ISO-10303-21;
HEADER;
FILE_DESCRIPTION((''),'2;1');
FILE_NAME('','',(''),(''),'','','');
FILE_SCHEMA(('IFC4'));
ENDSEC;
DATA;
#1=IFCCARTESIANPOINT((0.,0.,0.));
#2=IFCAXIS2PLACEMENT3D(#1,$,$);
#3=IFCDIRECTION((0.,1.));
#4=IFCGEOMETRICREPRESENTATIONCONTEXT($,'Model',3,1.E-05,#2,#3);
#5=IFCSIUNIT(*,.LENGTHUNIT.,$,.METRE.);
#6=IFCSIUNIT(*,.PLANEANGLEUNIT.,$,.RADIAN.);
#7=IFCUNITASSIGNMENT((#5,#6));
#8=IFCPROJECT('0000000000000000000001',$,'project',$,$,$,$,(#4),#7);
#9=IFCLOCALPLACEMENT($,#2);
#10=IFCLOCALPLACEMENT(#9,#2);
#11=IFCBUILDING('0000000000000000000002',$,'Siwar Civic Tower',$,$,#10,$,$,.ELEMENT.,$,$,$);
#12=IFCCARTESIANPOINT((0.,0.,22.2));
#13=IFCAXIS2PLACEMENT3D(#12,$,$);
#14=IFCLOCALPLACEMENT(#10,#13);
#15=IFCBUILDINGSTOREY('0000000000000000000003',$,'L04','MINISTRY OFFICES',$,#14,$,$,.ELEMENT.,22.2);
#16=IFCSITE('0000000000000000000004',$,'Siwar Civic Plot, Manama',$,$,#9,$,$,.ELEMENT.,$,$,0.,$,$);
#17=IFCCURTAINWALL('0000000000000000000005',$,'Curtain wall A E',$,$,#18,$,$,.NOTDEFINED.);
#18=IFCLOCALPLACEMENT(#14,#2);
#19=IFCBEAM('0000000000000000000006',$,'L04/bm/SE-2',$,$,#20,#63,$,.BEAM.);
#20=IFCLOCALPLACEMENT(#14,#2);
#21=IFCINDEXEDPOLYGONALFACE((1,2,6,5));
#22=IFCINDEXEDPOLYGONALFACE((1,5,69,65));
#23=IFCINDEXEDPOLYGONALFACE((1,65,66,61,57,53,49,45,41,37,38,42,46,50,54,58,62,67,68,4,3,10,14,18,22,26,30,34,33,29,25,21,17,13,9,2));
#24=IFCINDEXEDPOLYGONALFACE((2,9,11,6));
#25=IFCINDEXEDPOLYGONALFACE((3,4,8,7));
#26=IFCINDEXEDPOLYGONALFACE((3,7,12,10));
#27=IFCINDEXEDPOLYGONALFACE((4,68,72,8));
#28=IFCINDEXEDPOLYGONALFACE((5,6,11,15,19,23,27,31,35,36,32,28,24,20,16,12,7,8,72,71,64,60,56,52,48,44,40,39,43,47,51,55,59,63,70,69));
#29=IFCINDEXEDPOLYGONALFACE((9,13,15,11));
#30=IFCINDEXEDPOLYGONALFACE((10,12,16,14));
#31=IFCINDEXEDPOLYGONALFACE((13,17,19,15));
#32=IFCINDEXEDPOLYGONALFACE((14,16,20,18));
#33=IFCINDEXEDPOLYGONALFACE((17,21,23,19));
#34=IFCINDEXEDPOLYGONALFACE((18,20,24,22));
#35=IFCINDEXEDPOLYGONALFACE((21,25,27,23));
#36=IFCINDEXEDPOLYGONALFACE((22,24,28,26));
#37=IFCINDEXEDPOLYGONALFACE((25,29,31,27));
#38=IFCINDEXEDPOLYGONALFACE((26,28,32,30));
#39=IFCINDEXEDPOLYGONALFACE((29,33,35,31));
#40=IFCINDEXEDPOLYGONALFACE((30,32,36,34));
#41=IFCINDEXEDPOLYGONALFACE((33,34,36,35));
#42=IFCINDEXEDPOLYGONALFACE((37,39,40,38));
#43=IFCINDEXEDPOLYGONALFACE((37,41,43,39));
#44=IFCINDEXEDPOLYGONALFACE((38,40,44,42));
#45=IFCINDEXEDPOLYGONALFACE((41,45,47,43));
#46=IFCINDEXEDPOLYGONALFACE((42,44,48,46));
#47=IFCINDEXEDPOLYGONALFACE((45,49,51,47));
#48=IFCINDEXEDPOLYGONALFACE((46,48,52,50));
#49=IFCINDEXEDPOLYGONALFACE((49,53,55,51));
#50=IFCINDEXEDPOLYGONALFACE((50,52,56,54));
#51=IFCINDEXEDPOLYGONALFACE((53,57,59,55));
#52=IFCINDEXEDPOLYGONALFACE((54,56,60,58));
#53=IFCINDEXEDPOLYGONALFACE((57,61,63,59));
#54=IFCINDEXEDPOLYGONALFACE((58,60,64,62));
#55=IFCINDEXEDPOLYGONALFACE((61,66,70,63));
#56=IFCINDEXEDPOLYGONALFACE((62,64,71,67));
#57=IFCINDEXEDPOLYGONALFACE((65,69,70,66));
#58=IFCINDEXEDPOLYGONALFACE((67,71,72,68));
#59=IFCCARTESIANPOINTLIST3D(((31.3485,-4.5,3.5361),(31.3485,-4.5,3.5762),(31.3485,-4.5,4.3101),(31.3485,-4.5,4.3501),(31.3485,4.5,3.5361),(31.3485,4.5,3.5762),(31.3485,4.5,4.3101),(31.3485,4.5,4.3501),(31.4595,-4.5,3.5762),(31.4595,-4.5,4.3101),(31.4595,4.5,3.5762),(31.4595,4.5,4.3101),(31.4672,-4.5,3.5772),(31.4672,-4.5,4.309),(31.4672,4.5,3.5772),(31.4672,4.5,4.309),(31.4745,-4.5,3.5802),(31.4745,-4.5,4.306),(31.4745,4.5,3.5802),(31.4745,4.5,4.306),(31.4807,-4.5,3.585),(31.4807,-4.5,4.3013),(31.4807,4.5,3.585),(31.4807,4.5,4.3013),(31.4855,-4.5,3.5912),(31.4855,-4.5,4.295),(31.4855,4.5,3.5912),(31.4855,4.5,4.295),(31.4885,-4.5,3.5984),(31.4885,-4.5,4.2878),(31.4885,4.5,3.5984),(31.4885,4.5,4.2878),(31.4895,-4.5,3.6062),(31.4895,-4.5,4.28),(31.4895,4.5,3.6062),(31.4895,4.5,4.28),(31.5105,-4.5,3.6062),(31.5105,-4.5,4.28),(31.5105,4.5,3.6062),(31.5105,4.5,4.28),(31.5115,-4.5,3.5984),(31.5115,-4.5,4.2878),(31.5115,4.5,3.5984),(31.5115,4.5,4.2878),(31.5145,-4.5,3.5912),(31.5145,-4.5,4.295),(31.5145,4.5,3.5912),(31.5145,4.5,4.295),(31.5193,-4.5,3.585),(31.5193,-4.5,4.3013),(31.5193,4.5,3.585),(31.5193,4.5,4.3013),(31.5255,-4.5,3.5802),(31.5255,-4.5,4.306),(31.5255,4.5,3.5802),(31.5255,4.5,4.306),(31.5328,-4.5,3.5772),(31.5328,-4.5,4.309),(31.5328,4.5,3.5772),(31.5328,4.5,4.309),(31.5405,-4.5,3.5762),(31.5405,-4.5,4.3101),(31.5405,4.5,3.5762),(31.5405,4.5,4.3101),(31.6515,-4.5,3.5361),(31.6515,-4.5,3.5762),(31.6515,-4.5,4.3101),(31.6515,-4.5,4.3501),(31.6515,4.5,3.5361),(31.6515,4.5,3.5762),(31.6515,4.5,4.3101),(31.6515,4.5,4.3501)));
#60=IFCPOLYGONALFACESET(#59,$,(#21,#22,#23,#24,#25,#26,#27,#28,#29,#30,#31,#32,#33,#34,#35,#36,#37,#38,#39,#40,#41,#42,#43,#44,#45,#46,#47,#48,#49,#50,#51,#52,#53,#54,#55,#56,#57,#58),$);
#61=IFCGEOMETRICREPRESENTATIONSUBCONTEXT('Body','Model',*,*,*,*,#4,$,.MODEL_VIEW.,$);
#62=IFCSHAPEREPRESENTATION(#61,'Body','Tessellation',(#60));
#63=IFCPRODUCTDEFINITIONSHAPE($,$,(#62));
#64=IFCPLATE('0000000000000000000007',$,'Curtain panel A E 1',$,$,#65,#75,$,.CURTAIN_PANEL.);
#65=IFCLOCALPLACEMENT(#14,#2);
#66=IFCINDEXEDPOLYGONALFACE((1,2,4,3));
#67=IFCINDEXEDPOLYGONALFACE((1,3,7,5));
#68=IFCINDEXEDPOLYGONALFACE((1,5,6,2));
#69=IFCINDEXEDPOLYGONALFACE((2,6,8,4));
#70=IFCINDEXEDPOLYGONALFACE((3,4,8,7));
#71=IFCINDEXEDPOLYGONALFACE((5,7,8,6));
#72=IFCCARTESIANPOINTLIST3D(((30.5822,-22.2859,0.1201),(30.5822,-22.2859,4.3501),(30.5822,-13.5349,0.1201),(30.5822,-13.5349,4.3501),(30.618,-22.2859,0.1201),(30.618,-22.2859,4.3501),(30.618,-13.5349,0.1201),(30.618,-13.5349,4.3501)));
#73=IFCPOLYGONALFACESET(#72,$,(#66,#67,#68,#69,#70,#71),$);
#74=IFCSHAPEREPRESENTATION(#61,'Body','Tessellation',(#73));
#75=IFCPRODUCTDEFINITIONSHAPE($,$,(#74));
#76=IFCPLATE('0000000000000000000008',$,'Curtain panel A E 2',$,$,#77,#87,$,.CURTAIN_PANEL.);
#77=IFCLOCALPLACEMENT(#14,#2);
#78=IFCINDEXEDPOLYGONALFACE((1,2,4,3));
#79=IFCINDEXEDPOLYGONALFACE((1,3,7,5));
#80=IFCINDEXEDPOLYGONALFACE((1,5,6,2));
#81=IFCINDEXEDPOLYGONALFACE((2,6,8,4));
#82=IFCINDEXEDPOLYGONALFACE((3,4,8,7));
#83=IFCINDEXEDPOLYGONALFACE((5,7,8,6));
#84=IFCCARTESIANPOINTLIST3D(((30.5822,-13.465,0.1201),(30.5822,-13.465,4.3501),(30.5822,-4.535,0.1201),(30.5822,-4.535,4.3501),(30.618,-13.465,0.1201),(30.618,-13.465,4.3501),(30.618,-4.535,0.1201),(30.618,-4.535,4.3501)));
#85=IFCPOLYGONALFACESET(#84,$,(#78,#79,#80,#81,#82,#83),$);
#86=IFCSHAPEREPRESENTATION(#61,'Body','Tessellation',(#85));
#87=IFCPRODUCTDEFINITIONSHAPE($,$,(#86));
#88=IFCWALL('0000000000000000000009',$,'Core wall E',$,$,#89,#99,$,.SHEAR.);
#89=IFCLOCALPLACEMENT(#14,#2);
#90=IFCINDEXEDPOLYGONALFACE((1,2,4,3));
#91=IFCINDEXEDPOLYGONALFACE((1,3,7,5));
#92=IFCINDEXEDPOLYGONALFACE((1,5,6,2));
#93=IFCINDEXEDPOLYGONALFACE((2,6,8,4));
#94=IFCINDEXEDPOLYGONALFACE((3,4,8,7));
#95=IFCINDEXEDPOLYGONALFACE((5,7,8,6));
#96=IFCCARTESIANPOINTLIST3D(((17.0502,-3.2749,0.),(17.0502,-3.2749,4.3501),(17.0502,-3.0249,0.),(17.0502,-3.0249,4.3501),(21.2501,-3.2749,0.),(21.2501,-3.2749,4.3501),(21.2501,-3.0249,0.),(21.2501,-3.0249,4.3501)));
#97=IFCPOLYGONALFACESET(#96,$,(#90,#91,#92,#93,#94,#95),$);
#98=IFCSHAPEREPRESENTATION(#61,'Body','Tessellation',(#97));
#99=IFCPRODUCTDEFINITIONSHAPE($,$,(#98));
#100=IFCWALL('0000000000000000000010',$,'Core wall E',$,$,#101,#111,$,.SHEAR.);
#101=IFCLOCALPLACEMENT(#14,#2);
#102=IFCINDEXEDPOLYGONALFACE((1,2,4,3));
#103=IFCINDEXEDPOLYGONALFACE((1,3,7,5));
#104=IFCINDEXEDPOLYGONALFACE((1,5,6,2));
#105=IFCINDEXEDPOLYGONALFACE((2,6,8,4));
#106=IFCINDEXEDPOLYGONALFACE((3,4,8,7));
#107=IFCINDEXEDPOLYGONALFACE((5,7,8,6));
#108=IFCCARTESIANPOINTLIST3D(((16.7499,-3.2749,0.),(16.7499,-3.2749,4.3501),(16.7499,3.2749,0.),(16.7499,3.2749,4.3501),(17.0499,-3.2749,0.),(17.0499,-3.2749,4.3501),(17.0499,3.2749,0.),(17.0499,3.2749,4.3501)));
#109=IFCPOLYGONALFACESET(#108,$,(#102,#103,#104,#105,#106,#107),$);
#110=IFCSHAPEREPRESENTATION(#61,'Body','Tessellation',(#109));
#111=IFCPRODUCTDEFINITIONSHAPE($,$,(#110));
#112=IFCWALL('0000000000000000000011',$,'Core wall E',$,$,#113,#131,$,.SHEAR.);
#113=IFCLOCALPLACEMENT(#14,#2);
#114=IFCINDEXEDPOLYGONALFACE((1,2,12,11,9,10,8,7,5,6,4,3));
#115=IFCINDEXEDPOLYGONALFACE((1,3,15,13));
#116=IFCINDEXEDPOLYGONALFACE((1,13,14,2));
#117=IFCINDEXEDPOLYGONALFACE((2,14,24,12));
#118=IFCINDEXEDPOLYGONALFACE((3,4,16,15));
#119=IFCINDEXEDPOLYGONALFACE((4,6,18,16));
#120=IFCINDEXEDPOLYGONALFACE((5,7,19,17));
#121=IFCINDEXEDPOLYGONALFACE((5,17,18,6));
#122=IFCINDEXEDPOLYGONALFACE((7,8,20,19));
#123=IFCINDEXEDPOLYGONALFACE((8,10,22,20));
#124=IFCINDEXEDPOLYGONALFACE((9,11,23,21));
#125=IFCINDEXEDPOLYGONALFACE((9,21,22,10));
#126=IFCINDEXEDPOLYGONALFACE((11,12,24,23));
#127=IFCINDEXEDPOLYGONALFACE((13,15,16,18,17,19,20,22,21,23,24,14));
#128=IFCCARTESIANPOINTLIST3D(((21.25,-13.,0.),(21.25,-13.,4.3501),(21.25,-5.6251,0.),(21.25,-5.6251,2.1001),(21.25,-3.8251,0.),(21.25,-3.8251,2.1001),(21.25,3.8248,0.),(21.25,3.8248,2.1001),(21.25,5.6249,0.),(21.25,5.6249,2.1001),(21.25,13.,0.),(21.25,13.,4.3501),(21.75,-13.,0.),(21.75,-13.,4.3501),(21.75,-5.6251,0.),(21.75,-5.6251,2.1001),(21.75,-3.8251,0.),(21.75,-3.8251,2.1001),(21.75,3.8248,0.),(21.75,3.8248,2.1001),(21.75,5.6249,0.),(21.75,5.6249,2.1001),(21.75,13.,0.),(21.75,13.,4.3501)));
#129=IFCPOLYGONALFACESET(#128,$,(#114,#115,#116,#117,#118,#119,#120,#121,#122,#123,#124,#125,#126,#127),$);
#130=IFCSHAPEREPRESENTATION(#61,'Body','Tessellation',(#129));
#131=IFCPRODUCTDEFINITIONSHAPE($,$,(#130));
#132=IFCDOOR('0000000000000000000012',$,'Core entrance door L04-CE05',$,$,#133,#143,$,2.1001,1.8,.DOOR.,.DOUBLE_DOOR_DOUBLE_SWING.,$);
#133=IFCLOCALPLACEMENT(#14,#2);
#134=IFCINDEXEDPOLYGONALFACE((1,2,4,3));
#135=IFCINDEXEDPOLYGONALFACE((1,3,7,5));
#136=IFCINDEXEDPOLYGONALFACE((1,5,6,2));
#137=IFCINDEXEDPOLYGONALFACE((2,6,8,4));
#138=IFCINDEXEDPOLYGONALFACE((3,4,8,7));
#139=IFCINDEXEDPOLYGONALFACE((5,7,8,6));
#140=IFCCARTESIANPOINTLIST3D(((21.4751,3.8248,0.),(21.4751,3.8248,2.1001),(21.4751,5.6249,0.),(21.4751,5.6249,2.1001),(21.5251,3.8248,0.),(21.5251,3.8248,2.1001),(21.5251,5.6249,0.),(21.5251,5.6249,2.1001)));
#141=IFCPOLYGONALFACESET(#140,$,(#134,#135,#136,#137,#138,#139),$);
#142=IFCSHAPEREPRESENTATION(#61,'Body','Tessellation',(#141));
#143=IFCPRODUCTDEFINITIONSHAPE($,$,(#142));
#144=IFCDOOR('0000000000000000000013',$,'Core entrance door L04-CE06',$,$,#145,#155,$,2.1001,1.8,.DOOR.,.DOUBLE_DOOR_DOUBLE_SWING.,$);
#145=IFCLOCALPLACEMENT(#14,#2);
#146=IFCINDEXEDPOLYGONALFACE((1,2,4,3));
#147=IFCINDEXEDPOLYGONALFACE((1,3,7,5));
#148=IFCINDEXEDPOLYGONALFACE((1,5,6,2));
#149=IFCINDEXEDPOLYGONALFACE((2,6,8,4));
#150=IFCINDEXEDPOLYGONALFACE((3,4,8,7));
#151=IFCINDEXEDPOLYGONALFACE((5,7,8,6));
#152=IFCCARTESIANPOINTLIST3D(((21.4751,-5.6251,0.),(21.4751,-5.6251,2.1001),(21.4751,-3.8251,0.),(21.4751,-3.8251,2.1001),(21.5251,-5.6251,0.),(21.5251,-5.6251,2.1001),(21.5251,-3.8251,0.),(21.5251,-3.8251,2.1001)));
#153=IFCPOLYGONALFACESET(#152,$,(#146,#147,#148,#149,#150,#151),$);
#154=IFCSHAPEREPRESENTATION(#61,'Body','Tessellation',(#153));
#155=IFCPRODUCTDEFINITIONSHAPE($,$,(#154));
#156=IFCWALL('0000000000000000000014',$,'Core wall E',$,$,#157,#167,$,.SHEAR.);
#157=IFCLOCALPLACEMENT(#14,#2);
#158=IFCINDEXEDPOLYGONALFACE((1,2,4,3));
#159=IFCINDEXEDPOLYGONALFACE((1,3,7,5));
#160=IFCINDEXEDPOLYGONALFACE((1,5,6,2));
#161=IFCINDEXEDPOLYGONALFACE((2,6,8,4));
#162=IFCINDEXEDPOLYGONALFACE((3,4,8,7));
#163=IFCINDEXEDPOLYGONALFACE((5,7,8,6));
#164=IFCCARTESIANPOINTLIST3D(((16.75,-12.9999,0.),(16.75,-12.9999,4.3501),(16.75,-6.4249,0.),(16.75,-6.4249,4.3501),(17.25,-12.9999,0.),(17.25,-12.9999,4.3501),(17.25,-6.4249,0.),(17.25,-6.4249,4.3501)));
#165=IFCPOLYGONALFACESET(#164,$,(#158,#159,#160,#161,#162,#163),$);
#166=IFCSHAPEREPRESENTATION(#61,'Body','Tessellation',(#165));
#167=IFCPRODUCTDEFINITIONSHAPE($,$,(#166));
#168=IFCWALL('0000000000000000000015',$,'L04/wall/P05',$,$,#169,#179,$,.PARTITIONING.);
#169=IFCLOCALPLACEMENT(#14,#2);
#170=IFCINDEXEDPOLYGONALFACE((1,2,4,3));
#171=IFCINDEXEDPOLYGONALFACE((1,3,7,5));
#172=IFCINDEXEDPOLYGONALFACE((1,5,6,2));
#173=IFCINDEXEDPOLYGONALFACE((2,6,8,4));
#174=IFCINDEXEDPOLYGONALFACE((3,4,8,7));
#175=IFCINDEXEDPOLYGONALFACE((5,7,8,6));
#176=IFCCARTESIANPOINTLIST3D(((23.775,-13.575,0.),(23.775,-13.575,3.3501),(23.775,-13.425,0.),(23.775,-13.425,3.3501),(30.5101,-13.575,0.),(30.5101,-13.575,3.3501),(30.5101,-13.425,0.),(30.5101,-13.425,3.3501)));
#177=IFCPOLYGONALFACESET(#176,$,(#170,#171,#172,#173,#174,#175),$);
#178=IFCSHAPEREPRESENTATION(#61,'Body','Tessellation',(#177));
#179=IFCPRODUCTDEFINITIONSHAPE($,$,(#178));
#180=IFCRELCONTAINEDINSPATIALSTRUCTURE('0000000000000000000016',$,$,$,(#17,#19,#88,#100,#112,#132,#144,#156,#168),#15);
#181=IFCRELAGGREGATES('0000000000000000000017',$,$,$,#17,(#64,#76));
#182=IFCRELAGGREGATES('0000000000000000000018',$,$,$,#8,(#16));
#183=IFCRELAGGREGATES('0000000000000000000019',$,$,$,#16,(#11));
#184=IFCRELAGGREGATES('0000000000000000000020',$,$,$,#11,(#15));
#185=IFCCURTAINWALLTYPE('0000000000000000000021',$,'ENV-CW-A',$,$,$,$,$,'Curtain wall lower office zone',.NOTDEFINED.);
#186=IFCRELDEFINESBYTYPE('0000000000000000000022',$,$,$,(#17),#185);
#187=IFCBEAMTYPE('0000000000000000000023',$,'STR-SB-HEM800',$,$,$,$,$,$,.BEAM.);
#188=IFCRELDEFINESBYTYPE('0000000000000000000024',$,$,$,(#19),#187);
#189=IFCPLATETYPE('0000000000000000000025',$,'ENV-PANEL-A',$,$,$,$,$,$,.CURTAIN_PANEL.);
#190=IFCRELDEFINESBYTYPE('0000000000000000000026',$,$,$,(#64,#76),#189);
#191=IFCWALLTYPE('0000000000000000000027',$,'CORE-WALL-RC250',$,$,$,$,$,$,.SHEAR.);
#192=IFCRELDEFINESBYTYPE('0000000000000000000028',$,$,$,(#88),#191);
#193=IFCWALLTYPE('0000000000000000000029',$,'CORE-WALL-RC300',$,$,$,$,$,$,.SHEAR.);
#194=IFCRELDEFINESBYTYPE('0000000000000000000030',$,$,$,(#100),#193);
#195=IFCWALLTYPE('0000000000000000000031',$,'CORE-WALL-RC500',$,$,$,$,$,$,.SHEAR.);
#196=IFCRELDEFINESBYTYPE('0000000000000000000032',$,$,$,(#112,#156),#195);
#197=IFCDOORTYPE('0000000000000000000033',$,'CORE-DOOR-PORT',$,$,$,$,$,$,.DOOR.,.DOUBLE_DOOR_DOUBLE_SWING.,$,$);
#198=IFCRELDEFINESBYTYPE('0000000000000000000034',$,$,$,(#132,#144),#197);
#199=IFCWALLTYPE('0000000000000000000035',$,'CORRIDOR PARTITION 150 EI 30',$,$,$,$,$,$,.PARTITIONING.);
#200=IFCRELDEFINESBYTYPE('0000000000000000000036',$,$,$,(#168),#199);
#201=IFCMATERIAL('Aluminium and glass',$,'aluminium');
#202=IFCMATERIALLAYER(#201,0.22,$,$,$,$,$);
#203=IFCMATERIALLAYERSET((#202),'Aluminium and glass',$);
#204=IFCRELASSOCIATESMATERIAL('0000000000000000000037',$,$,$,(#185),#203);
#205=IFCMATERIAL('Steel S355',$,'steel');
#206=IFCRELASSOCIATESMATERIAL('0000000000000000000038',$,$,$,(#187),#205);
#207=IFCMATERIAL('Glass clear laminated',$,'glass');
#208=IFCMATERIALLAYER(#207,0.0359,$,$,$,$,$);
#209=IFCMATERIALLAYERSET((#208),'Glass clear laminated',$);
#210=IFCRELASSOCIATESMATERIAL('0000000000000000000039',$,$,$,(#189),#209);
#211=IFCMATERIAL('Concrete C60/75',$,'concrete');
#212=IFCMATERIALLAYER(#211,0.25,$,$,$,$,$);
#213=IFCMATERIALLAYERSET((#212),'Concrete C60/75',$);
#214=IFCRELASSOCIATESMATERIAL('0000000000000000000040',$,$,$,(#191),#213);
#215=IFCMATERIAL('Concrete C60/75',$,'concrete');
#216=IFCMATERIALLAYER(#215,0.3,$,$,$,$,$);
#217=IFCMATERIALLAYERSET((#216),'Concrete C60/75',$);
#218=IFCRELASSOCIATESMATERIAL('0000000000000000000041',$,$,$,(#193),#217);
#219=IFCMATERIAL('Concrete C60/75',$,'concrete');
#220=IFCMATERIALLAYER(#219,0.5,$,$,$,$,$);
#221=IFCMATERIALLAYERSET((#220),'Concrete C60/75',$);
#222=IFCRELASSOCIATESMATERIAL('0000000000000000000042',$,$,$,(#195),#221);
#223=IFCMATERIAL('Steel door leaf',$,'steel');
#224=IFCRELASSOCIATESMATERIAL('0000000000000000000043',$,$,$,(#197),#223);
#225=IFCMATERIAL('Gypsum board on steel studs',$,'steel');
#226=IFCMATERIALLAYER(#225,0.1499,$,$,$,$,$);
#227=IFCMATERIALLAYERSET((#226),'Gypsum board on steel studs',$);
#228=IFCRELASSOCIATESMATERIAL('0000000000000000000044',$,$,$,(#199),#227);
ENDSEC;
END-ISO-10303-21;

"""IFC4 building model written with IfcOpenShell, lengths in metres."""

from ifc_helpers import new_model, si_unit, direction, frame, frame_2d, origin, origin_2d, place, context, subcontext, project, spatial, rectangle, i_section, extrude, material, layer, layer_set, material_profile, profile_set, type_object, element, fill, aggregate, save


model = new_model("IFC4")

# Units and contexts
model_context = context("Model", 3, precision=1e-05, world=origin(), true_north=direction((0.0, 1.0)))
body_context = subcontext(model_context, "Body", "Model", "MODEL_VIEW")
ifc_project = project(units=[si_unit("LENGTHUNIT", "METRE"), si_unit("PLANEANGLEUNIT", "RADIAN")], contexts=[model_context])

# Site, building, storey
site_placement = place(None, origin())
site = spatial("IfcSite", under=ifc_project, at=site_placement, Name="Siwar Civic Plot, Manama", CompositionType="ELEMENT", RefElevation=0.0)
building_placement = place(site_placement, origin())
building = spatial("IfcBuilding", under=site, at=building_placement, Name="Siwar Civic Tower", CompositionType="ELEMENT")
storey_placement = place(building_placement, frame((0.0, 0.0, 22.2)))
storey = spatial("IfcBuildingStorey", under=building, at=storey_placement, Name="L04", Description="MINISTRY OFFICES", CompositionType="ELEMENT", Elevation=22.2)

# Curtain wall
ifc_material_1 = material(Name="Aluminium and glass", Category="aluminium")
ifc_layer_1 = layer(ifc_material_1, 0.22)
ifc_layer_set_1 = layer_set([ifc_layer_1], Name="Aluminium and glass")
curtain_wall_type = type_object("IfcCurtainWallType", Name="ENV-CW-A", ElementType="Curtain wall lower office zone", PredefinedType="NOTDEFINED", material=ifc_layer_set_1)
curtain_wall_placement = place(storey_placement, origin())
curtain_wall = element("IfcCurtainWall", 1, at=curtain_wall_placement, inside=storey, type_object=curtain_wall_type, Name="Curtain wall A E", PredefinedType="NOTDEFINED")

# Beam
ifc_material_2 = material(Name="Steel S355", Category="steel")
ifc_material_profile_1 = material_profile(ifc_material_2, i_section(OverallWidth=0.303, OverallDepth=0.814, WebThickness=0.021, FlangeThickness=0.04, FilletRadius=0.03, at=origin_2d()), Name="HEM800")
ifc_profile_set_1 = profile_set([ifc_material_profile_1], Name="Steel S355")
beam_type_1 = type_object("IfcBeamType", Name="STR-SB-HEM800", PredefinedType="BEAM", material=ifc_profile_set_1)
for number, where, z_axis, x_axis, name in (
    (2, (31.5, -4.5, 3.9431), (0.0, 1.0, 0.0), (-1.0, 0.0, 0.0), "L04/bm/SE-2"),
):
    element("IfcBeam", number, at=place(storey_placement, frame(where, z_axis=z_axis, x_axis=x_axis)), inside=storey, type_object=beam_type_1, Name=name, PredefinedType="BEAM", context=body_context, shape_type="SweptSolid", body=[
        extrude(i_section(OverallWidth=0.303, OverallDepth=0.814, WebThickness=0.021, FlangeThickness=0.04, FilletRadius=0.03, at=origin_2d()), origin(), (0.0, 0.0, 1.0), 9.0),
    ])

# Plates
ifc_material_3 = material(Name="Glass clear laminated", Category="glass")
ifc_layer_2 = layer(ifc_material_3, 0.0359)
ifc_layer_set_2 = layer_set([ifc_layer_2], Name="Glass clear laminated")
plate_type = type_object("IfcPlateType", Name="ENV-PANEL-A", PredefinedType="CURTAIN_PANEL", material=ifc_layer_set_2)
plate_1_placement = place(storey_placement, frame((30.6001, -17.9104, 0.1201), z_axis=(0.0, 0.0, 1.0), x_axis=(0.0, 1.0, 0.0)))
plate_1 = element("IfcPlate", 3, at=plate_1_placement, type_object=plate_type, Name="Curtain panel A E 1", PredefinedType="CURTAIN_PANEL", context=body_context, shape_type="SweptSolid", body=[
    extrude(rectangle(XDim=8.751, YDim=0.0359, at=origin_2d()), origin(), (0.0, 0.0, 1.0), 4.23),
])
plate_2_placement = place(storey_placement, frame((30.6001, -9.0, 0.1201), z_axis=(0.0, 0.0, 1.0), x_axis=(0.0, 1.0, 0.0)))
plate_2 = element("IfcPlate", 4, at=plate_2_placement, type_object=plate_type, Name="Curtain panel A E 2", PredefinedType="CURTAIN_PANEL", context=body_context, shape_type="SweptSolid", body=[
    extrude(rectangle(XDim=8.9299, YDim=0.0359, at=origin_2d()), origin(), (0.0, 0.0, 1.0), 4.23),
])
aggregate(curtain_wall, [plate_1, plate_2])

# Walls
ifc_material_4 = material(Name="Concrete C60/75", Category="concrete")
ifc_layer_3 = layer(ifc_material_4, 0.25)
ifc_layer_set_3 = layer_set([ifc_layer_3], Name="Concrete C60/75")
wall_type_1 = type_object("IfcWallType", Name="CORE-WALL-RC250", PredefinedType="SHEAR", material=ifc_layer_set_3)
wall_1_placement = place(storey_placement, frame((17.05, -3.1499, 0.0), z_axis=(0.0, 0.0, 1.0), x_axis=(1.0, 0.0, 0.0)))
element("IfcWall", 5, at=wall_1_placement, inside=storey, type_object=wall_type_1, Name="Core wall E", PredefinedType="SHEAR", context=body_context, shape_type="SweptSolid", body=[
    extrude(rectangle(XDim=4.2, YDim=0.25, at=frame_2d((2.1001, 0.0))), origin(), (0.0, 0.0, 1.0), 4.3501),
])
ifc_material_5 = material(Name="Concrete C60/75", Category="concrete")
ifc_layer_4 = layer(ifc_material_5, 0.3)
ifc_layer_set_4 = layer_set([ifc_layer_4], Name="Concrete C60/75")
wall_type_2 = type_object("IfcWallType", Name="CORE-WALL-RC300", PredefinedType="SHEAR", material=ifc_layer_set_4)
wall_2_placement = place(storey_placement, frame((16.8999, -3.2749, 0.0), z_axis=(0.0, 0.0, 1.0), x_axis=(0.0, 1.0, 0.0)))
element("IfcWall", 6, at=wall_2_placement, inside=storey, type_object=wall_type_2, Name="Core wall E", PredefinedType="SHEAR", context=body_context, shape_type="SweptSolid", body=[
    extrude(rectangle(XDim=6.5498, YDim=0.3, at=frame_2d((3.2749, 0.0))), origin(), (0.0, 0.0, 1.0), 4.3501),
])

# Wall, openings, doors
ifc_material_6 = material(Name="Concrete C60/75", Category="concrete")
ifc_layer_5 = layer(ifc_material_6, 0.5)
ifc_layer_set_5 = layer_set([ifc_layer_5], Name="Concrete C60/75")
wall_type_3 = type_object("IfcWallType", Name="CORE-WALL-RC500", PredefinedType="SHEAR", material=ifc_layer_set_5)
wall_3_placement = place(storey_placement, frame((21.5, -13.0, 0.0), z_axis=(0.0, 0.0, 1.0), x_axis=(0.0, 1.0, 0.0)))
wall_3 = element("IfcWall", 7, at=wall_3_placement, inside=storey, type_object=wall_type_3, Name="Core wall E", PredefinedType="SHEAR", context=body_context, shape_type="SweptSolid", body=[
    extrude(rectangle(XDim=26.0, YDim=0.5, at=frame_2d((13.0, 0.0))), origin(), (0.0, 0.0, 1.0), 4.3501),
])
opening_1_placement = place(wall_3_placement, frame((16.825, 0.0, 0.0)))
opening_1 = element("IfcOpeningElement", 8, at=opening_1_placement, cuts=wall_3, PredefinedType="OPENING", context=body_context, shape_type="SweptSolid", body=[
    extrude(rectangle(XDim=1.8, YDim=2.1001, at=frame_2d((0.8999, 1.05))), frame((0.0, 0.26, 0.0), z_axis=(0.0, -1.0, 0.0), x_axis=(1.0, 0.0, 0.0)), (0.0, 0.0, 1.0), 0.52),
])
opening_2_placement = place(wall_3_placement, frame((7.375, 0.0, 0.0)))
opening_2 = element("IfcOpeningElement", 9, at=opening_2_placement, cuts=wall_3, PredefinedType="OPENING", context=body_context, shape_type="SweptSolid", body=[
    extrude(rectangle(XDim=1.8, YDim=2.1001, at=frame_2d((0.8999, 1.05))), frame((0.0, 0.26, 0.0), z_axis=(0.0, -1.0, 0.0), x_axis=(1.0, 0.0, 0.0)), (0.0, 0.0, 1.0), 0.52),
])
ifc_material_7 = material(Name="Steel door leaf", Category="steel")
door_type_1 = type_object("IfcDoorType", Name="CORE-DOOR-PORT", OperationType="DOUBLE_DOOR_DOUBLE_SWING", PredefinedType="DOOR", material=ifc_material_7)
door_1_placement = place(opening_1_placement, origin())
door_1 = element("IfcDoor", 10, at=door_1_placement, inside=storey, type_object=door_type_1, Name="Core entrance door L04-CE05", OperationType="DOUBLE_DOOR_DOUBLE_SWING", OverallHeight=2.1001, OverallWidth=1.8, PredefinedType="DOOR", context=body_context, shape_type="SweptSolid", body=[
    extrude(rectangle(XDim=1.8, YDim=2.1001, at=frame_2d((0.8999, 1.05))), frame((0.0, 0.0249, 0.0), z_axis=(0.0, -1.0, 0.0), x_axis=(1.0, 0.0, 0.0)), (0.0, 0.0, 1.0), 0.05),
])
fill(opening_1, door_1)
door_2_placement = place(opening_2_placement, origin())
door_2 = element("IfcDoor", 11, at=door_2_placement, inside=storey, type_object=door_type_1, Name="Core entrance door L04-CE06", OperationType="DOUBLE_DOOR_DOUBLE_SWING", OverallHeight=2.1001, OverallWidth=1.8, PredefinedType="DOOR", context=body_context, shape_type="SweptSolid", body=[
    extrude(rectangle(XDim=1.8, YDim=2.1001, at=frame_2d((0.8999, 1.05))), frame((0.0, 0.0249, 0.0), z_axis=(0.0, -1.0, 0.0), x_axis=(1.0, 0.0, 0.0)), (0.0, 0.0, 1.0), 0.05),
])
fill(opening_2, door_2)

# Walls
wall_4_placement = place(storey_placement, frame((17.0, -13.0, 0.0), z_axis=(0.0, 0.0, 1.0), x_axis=(0.0, 1.0, 0.0)))
element("IfcWall", 12, at=wall_4_placement, inside=storey, type_object=wall_type_3, Name="Core wall E", PredefinedType="SHEAR", context=body_context, shape_type="SweptSolid", body=[
    extrude(rectangle(XDim=6.575, YDim=0.5, at=frame_2d((3.2876, 0.0))), origin(), (0.0, 0.0, 1.0), 4.3501),
])
ifc_material_8 = material(Name="Gypsum board on steel studs", Category="steel")
ifc_layer_6 = layer(ifc_material_8, 0.1499)
ifc_layer_set_6 = layer_set([ifc_layer_6], Name="Gypsum board on steel studs")
wall_type_4 = type_object("IfcWallType", Name="CORRIDOR PARTITION 150 EI 30", PredefinedType="PARTITIONING", material=ifc_layer_set_6)
wall_5_placement = place(storey_placement, frame((23.7749, -13.5, 0.0), z_axis=(0.0, 0.0, 1.0), x_axis=(1.0, 0.0, 0.0)))
element("IfcWall", 13, at=wall_5_placement, inside=storey, type_object=wall_type_4, Name="L04/wall/P05", PredefinedType="PARTITIONING", context=body_context, shape_type="SweptSolid", body=[
    extrude(rectangle(XDim=6.7351, YDim=0.1499, at=frame_2d((3.3677, 0.0))), origin(), (0.0, 0.0, 1.0), 3.3501),
])

save(model, "model.ifc")
